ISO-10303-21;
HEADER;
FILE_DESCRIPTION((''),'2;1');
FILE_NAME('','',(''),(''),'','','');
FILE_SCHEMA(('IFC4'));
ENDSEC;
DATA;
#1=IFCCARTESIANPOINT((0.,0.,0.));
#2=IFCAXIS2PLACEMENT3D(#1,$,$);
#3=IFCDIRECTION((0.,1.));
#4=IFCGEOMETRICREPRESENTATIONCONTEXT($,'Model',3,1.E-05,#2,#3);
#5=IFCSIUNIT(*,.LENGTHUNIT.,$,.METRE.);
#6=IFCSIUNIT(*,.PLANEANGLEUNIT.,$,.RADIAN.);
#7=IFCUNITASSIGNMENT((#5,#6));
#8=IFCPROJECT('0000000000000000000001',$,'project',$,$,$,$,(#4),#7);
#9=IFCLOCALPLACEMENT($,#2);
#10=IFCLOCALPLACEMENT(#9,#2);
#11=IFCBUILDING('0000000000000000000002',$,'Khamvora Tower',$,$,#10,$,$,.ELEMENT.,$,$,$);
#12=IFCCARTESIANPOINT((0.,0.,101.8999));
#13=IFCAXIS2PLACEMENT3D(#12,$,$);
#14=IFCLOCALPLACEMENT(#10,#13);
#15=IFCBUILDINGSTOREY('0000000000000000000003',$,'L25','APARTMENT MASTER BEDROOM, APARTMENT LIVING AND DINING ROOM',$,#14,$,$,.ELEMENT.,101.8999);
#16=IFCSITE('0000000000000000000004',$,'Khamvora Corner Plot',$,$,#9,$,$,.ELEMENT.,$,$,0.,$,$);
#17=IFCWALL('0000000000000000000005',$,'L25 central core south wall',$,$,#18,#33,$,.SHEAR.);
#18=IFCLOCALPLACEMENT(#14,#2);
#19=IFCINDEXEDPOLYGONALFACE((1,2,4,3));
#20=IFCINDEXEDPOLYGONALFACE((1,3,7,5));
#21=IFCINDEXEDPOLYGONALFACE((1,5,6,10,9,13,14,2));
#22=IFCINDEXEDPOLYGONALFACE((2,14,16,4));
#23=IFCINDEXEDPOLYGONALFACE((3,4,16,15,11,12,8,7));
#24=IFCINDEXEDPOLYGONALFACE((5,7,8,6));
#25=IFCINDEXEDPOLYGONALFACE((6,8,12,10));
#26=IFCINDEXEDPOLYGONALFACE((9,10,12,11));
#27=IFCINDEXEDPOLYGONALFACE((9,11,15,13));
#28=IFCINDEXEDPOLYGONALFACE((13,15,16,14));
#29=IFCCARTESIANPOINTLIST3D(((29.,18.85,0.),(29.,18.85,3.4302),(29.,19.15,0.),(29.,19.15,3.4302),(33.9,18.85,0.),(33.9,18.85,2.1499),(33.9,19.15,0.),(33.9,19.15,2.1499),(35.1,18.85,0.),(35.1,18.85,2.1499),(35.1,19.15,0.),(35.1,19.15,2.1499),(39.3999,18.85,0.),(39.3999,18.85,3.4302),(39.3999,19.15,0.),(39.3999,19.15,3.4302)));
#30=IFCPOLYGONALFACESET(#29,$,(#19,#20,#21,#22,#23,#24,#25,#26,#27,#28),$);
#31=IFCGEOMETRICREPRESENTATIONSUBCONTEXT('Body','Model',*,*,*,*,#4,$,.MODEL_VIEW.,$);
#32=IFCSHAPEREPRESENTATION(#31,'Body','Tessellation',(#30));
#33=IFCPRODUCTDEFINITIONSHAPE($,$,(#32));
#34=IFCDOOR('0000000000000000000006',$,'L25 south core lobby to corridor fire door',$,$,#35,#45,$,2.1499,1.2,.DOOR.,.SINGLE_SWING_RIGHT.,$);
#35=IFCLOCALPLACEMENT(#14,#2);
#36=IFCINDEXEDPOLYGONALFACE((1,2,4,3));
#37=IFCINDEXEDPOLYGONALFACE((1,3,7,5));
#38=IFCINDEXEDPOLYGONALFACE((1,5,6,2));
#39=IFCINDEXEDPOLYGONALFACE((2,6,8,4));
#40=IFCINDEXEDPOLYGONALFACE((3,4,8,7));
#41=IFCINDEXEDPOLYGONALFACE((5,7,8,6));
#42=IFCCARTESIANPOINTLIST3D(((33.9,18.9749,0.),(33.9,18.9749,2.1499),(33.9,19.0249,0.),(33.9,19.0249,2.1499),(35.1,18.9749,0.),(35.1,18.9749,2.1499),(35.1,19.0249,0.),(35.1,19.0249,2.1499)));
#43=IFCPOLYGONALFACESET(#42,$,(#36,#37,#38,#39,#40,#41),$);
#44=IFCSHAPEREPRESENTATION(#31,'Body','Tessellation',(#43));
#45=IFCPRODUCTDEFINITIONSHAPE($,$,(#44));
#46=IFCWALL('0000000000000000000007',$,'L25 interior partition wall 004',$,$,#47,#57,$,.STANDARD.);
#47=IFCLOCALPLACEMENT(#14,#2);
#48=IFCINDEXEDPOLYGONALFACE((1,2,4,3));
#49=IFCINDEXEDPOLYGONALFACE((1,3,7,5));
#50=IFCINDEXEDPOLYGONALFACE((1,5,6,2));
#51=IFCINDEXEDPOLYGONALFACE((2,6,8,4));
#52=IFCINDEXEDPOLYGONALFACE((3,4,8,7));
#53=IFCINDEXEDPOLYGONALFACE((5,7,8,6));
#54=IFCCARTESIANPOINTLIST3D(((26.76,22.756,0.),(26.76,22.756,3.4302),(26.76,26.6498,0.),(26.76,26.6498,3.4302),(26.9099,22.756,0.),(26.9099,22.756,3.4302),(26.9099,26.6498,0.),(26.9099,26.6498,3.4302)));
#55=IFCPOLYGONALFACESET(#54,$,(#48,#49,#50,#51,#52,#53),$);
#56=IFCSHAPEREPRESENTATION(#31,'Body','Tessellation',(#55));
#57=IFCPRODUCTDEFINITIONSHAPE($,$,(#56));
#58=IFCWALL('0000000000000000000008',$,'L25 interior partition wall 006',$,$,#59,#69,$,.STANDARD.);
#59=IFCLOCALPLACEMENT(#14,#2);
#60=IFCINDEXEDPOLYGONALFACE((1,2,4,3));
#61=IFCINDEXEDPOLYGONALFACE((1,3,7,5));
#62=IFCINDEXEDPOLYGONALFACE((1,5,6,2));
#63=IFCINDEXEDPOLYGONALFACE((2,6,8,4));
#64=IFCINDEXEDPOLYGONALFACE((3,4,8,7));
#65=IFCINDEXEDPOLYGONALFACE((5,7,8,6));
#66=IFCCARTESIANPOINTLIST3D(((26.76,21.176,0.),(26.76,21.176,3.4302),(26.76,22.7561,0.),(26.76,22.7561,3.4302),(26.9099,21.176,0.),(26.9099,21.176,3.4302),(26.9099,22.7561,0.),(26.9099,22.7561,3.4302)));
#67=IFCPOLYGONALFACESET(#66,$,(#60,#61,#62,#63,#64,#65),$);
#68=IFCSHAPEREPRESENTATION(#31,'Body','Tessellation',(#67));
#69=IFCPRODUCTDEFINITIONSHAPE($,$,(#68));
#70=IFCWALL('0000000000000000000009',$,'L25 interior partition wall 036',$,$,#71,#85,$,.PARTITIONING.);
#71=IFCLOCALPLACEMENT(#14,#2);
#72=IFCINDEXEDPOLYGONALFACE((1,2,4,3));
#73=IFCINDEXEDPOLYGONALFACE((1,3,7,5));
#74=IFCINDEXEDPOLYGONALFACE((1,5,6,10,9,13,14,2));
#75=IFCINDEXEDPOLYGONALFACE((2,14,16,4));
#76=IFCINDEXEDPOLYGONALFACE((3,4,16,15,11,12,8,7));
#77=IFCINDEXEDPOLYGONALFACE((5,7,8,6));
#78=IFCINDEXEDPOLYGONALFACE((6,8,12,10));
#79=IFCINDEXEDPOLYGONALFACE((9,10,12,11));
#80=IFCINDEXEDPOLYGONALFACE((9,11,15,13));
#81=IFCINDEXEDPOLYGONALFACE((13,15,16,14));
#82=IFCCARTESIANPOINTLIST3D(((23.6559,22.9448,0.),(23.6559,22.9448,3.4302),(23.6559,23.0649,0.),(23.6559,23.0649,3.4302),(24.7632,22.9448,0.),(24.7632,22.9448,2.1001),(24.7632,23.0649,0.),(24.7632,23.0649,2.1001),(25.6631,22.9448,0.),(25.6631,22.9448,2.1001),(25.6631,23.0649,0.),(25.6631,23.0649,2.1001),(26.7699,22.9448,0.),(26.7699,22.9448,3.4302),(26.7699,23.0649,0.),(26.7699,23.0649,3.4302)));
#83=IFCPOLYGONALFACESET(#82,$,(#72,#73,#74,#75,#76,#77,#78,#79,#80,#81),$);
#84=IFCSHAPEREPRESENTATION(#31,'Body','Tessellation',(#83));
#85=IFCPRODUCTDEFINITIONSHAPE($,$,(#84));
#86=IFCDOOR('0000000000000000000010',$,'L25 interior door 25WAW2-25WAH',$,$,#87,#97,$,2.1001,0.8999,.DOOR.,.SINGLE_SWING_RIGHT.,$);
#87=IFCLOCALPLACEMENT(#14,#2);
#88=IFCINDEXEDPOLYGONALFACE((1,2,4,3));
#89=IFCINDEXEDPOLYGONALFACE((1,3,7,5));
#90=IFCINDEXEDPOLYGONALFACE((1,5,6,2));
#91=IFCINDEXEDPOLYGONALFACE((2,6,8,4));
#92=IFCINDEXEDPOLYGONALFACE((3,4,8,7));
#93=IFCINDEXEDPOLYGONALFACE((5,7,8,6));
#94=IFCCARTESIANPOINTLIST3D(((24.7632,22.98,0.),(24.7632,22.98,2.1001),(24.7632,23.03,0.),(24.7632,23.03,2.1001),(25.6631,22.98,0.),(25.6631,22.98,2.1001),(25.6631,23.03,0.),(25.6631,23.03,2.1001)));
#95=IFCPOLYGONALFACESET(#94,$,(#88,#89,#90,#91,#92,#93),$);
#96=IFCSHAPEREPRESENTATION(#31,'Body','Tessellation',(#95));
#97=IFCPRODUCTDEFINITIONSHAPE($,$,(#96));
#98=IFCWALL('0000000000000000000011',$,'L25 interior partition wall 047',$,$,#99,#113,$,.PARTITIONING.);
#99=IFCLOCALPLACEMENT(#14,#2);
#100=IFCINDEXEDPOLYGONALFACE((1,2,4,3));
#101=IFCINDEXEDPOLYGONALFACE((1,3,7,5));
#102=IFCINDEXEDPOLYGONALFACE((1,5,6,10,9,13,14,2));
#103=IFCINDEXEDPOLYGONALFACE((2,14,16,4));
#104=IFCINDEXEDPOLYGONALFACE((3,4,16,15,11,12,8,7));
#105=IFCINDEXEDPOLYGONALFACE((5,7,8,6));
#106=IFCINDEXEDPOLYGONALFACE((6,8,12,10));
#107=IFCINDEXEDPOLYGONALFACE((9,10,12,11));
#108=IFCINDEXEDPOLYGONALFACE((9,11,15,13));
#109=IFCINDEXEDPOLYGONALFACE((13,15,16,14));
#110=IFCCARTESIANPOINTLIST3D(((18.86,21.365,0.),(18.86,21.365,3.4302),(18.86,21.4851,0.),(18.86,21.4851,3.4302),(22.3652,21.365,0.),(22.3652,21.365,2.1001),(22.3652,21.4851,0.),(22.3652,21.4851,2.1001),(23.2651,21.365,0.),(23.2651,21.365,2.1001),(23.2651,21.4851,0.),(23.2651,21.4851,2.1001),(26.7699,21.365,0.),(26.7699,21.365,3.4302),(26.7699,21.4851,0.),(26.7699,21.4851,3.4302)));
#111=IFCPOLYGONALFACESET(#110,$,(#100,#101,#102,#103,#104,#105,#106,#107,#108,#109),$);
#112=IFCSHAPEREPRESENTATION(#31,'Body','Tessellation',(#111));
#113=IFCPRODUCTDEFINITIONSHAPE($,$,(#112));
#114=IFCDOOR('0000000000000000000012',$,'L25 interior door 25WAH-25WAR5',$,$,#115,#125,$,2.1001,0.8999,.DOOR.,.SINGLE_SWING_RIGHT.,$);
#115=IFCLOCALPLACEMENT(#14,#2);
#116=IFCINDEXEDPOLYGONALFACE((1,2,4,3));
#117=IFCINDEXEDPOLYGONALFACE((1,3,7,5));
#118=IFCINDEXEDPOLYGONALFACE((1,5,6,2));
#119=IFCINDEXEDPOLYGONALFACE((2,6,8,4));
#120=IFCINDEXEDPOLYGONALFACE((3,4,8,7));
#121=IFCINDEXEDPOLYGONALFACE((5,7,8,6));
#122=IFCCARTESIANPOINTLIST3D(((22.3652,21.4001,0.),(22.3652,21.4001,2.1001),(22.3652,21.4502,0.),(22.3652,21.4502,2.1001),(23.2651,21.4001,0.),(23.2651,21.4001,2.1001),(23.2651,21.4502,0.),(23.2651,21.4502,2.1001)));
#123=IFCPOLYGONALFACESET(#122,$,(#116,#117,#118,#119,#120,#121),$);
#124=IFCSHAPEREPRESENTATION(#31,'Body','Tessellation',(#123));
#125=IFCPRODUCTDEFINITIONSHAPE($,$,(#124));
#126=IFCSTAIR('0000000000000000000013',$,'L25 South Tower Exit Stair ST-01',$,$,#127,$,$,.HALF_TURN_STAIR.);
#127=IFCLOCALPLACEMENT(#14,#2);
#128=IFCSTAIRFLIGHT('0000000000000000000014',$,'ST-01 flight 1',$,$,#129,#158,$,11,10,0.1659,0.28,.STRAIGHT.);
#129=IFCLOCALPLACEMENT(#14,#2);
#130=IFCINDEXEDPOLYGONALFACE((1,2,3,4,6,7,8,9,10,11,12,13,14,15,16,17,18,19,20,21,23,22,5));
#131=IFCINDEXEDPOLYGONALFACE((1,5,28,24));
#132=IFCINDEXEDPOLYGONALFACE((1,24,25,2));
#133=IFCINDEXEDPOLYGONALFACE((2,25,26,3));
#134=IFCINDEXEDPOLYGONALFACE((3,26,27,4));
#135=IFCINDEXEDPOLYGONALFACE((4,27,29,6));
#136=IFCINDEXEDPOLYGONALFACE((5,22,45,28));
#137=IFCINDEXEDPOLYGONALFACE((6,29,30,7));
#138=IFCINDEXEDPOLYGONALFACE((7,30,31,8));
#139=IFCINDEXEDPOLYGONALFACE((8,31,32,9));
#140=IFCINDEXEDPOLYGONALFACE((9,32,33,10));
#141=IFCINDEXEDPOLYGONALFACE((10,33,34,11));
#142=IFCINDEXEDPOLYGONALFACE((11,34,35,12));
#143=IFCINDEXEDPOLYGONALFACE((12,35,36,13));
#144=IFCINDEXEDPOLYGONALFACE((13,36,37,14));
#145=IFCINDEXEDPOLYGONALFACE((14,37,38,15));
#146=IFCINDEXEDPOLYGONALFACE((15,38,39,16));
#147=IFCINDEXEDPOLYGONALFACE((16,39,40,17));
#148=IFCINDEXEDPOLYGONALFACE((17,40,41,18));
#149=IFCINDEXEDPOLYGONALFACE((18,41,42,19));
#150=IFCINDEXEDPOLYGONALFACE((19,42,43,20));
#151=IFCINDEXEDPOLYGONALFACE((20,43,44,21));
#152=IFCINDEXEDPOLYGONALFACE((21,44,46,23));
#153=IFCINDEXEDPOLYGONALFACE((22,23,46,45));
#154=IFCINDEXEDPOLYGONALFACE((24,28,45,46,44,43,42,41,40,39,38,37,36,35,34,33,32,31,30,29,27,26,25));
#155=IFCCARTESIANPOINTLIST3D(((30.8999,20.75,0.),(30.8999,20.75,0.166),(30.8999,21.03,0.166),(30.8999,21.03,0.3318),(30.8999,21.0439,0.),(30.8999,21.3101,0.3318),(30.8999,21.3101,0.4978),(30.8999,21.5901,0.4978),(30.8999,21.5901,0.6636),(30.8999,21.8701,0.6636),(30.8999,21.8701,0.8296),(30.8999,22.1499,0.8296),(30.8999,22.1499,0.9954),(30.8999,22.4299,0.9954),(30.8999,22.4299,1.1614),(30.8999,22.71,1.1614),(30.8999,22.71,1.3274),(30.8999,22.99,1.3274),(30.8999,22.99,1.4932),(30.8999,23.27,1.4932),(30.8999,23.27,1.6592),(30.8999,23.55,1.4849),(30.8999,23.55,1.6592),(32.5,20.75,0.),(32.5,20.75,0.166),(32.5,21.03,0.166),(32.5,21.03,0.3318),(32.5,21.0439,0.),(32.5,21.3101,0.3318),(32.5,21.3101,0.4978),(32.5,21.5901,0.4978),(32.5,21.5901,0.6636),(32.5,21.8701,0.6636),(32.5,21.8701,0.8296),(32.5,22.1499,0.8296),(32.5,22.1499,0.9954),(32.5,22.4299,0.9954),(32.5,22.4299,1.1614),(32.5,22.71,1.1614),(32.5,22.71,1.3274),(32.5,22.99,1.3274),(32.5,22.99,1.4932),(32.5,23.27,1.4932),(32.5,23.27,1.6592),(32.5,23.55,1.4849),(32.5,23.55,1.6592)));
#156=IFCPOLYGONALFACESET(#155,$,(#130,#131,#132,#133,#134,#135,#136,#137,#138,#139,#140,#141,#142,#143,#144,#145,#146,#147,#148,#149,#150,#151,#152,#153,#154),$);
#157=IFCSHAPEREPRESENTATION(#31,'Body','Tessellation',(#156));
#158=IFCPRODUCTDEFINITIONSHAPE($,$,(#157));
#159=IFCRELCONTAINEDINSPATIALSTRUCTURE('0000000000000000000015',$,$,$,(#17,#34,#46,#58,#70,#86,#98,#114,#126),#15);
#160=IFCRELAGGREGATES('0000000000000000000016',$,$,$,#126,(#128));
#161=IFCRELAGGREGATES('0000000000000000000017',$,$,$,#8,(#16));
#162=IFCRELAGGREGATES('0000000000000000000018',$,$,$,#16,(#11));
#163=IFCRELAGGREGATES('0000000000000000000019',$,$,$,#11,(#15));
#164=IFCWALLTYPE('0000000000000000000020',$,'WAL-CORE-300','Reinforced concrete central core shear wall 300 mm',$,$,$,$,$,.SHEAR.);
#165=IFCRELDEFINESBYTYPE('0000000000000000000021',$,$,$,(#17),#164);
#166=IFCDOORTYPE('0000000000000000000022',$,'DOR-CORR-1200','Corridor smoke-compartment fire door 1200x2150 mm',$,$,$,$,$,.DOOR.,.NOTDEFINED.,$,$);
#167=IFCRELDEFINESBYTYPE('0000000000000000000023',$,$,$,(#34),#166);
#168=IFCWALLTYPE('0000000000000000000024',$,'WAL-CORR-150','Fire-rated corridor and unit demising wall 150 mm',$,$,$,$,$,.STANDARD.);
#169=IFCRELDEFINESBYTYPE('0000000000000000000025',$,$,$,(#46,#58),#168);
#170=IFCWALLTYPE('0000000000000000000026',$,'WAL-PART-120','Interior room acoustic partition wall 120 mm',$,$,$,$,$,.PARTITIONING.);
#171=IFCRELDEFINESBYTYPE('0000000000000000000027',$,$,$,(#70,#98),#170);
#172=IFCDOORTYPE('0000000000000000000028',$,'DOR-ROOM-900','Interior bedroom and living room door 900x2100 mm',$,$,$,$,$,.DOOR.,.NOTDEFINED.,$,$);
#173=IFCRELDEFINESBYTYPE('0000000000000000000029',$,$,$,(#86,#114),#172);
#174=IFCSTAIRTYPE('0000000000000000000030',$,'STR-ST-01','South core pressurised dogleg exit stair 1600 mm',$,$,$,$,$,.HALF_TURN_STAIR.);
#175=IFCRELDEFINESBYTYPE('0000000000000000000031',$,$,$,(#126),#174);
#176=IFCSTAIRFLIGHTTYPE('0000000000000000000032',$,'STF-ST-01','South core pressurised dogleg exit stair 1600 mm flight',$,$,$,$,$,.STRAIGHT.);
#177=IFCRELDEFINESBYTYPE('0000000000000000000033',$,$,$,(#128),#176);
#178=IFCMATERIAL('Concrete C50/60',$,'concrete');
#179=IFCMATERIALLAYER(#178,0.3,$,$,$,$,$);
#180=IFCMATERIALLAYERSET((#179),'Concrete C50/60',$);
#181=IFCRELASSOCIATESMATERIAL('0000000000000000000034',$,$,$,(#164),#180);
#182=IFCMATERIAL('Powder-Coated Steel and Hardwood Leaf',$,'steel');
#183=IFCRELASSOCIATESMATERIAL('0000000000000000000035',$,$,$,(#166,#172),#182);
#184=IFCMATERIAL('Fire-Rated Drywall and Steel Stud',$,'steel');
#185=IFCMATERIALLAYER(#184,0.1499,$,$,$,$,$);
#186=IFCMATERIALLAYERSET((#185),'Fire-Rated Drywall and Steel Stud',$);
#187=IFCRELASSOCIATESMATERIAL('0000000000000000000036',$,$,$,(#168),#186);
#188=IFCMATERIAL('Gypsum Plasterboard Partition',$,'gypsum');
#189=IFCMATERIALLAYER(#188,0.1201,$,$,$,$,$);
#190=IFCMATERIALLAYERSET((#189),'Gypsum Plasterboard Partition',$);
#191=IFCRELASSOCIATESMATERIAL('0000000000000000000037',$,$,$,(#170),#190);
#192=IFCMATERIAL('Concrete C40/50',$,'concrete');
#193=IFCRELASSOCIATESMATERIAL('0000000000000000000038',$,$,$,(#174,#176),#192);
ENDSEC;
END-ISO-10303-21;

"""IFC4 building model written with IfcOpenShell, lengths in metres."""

from ifc_helpers import new_model, si_unit, direction, frame, frame_2d, origin, place, context, subcontext, project, spatial, polyline, rectangle, outline, extrude, material, layer, layer_set, type_object, element, fill, aggregate, save


model = new_model("IFC4")

# Units and contexts
model_context = context("Model", 3, precision=1e-05, world=origin(), true_north=direction((0.0, 1.0)))
body_context = subcontext(model_context, "Body", "Model", "MODEL_VIEW")
ifc_project = project(units=[si_unit("LENGTHUNIT", "METRE"), si_unit("PLANEANGLEUNIT", "RADIAN")], contexts=[model_context])

# Site, building, storey
site_placement = place(None, origin())
site = spatial("IfcSite", under=ifc_project, at=site_placement, Name="Khamvora Corner Plot", CompositionType="ELEMENT", RefElevation=0.0)
building_placement = place(site_placement, origin())
building = spatial("IfcBuilding", under=site, at=building_placement, Name="Khamvora Tower", CompositionType="ELEMENT")
storey_placement = place(building_placement, frame((0.0, 0.0, 101.8999)))
storey = spatial("IfcBuildingStorey", under=building, at=storey_placement, Name="L25", Description="APARTMENT MASTER BEDROOM, APARTMENT LIVING AND DINING ROOM", CompositionType="ELEMENT", Elevation=101.8999)

# Shared definitions
ifc_material_1 = material(Name="Concrete C50/60", Category="concrete")
ifc_layer_1 = layer(ifc_material_1, 0.3)
ifc_layer_set_1 = layer_set([ifc_layer_1], Name="Concrete C50/60")
wall_type_1 = type_object("IfcWallType", Name="WAL-CORE-300", Description="Reinforced concrete central core shear wall 300 mm", PredefinedType="SHEAR", material=ifc_layer_set_1)

# Wall, opening, door
wall_1_placement = place(storey_placement, frame((29.0, 19.0, 0.0), z_axis=(0.0, 0.0, 1.0), x_axis=(1.0, 0.0, 0.0)))
wall_1 = element("IfcWall", 1, at=wall_1_placement, inside=storey, type_object=wall_type_1, Name="L25 central core south wall", PredefinedType="SHEAR", context=body_context, shape_type="SweptSolid", body=[
    extrude(rectangle(XDim=10.3999, YDim=0.3, at=frame_2d((5.2, 0.0))), origin(), (0.0, 0.0, 1.0), 3.4302),
])
opening_1_placement = place(wall_1_placement, frame((4.8999, 0.0, 0.0)))
opening_1 = element("IfcOpeningElement", 2, at=opening_1_placement, cuts=wall_1, PredefinedType="OPENING", context=body_context, shape_type="SweptSolid", body=[
    extrude(rectangle(XDim=1.2, YDim=2.1499, at=frame_2d((0.6001, 1.075))), frame((0.0, 0.1599, 0.0), z_axis=(0.0, -1.0, 0.0), x_axis=(1.0, 0.0, 0.0)), (0.0, 0.0, 1.0), 0.3201),
])
ifc_material_2 = material(Name="Powder-Coated Steel and Hardwood Leaf", Category="steel")
door_type_1 = type_object("IfcDoorType", Name="DOR-CORR-1200", Description="Corridor smoke-compartment fire door 1200x2150 mm", OperationType="NOTDEFINED", PredefinedType="DOOR", material=ifc_material_2)
door_1_placement = place(opening_1_placement, origin())
door_1 = element("IfcDoor", 3, at=door_1_placement, inside=storey, type_object=door_type_1, Name="L25 south core lobby to corridor fire door", OperationType="SINGLE_SWING_RIGHT", OverallHeight=2.1499, OverallWidth=1.2, PredefinedType="DOOR", context=body_context, shape_type="SweptSolid", body=[
    extrude(rectangle(XDim=1.2, YDim=2.1499, at=frame_2d((0.6001, 1.075))), frame((0.0, 0.0249, 0.0), z_axis=(0.0, -1.0, 0.0), x_axis=(1.0, 0.0, 0.0)), (0.0, 0.0, 1.0), 0.05),
])
fill(opening_1, door_1)

# Walls
ifc_material_3 = material(Name="Fire-Rated Drywall and Steel Stud", Category="steel")
ifc_layer_2 = layer(ifc_material_3, 0.1499)
ifc_layer_set_2 = layer_set([ifc_layer_2], Name="Fire-Rated Drywall and Steel Stud")
wall_type_2 = type_object("IfcWallType", Name="WAL-CORR-150", Description="Fire-rated corridor and unit demising wall 150 mm", PredefinedType="STANDARD", material=ifc_layer_set_2)
wall_2_placement = place(storey_placement, frame((26.835, 22.7561, 0.0), z_axis=(0.0, 0.0, 1.0), x_axis=(0.0, 1.0, 0.0)))
element("IfcWall", 4, at=wall_2_placement, inside=storey, type_object=wall_type_2, Name="L25 interior partition wall 004", PredefinedType="STANDARD", context=body_context, shape_type="SweptSolid", body=[
    extrude(rectangle(XDim=3.8938, YDim=0.1499, at=frame_2d((1.9468, 0.0))), origin(), (0.0, 0.0, 1.0), 3.4302),
])
wall_3_placement = place(storey_placement, frame((26.835, 21.176, 0.0), z_axis=(0.0, 0.0, 1.0), x_axis=(0.0, 1.0, 0.0)))
element("IfcWall", 5, at=wall_3_placement, inside=storey, type_object=wall_type_2, Name="L25 interior partition wall 006", PredefinedType="STANDARD", context=body_context, shape_type="SweptSolid", body=[
    extrude(rectangle(XDim=1.5801, YDim=0.1499, at=frame_2d((0.79, 0.0))), origin(), (0.0, 0.0, 1.0), 3.4302),
])

# Walls, openings, doors
ifc_material_4 = material(Name="Gypsum Plasterboard Partition", Category="gypsum")
ifc_layer_3 = layer(ifc_material_4, 0.1201)
ifc_layer_set_3 = layer_set([ifc_layer_3], Name="Gypsum Plasterboard Partition")
wall_type_3 = type_object("IfcWallType", Name="WAL-PART-120", Description="Interior room acoustic partition wall 120 mm", PredefinedType="PARTITIONING", material=ifc_layer_set_3)
wall_4_placement = place(storey_placement, frame((26.77, 23.0049, 0.0), z_axis=(0.0, 0.0, 1.0), x_axis=(-1.0, 0.0, 0.0)))
wall_4 = element("IfcWall", 6, at=wall_4_placement, inside=storey, type_object=wall_type_3, Name="L25 interior partition wall 036", PredefinedType="PARTITIONING", context=body_context, shape_type="SweptSolid", body=[
    extrude(rectangle(XDim=3.114, YDim=0.1201, at=frame_2d((1.5571, 0.0))), origin(), (0.0, 0.0, 1.0), 3.4302),
])
opening_2_placement = place(wall_4_placement, frame((1.1069, 0.0, 0.0)))
opening_2 = element("IfcOpeningElement", 7, at=opening_2_placement, cuts=wall_4, PredefinedType="OPENING", context=body_context, shape_type="SweptSolid", body=[
    extrude(rectangle(XDim=0.8999, YDim=2.1001, at=frame_2d((0.45, 1.05))), frame((0.0, 0.0701, 0.0), z_axis=(0.0, -1.0, 0.0), x_axis=(1.0, 0.0, 0.0)), (0.0, 0.0, 1.0), 0.1401),
])
door_type_2 = type_object("IfcDoorType", Name="DOR-ROOM-900", Description="Interior bedroom and living room door 900x2100 mm", OperationType="NOTDEFINED", PredefinedType="DOOR", material=ifc_material_2)
door_2_placement = place(opening_2_placement, origin())
door_2 = element("IfcDoor", 8, at=door_2_placement, inside=storey, type_object=door_type_2, Name="L25 interior door 25WAW2-25WAH", OperationType="SINGLE_SWING_RIGHT", OverallHeight=2.1001, OverallWidth=0.8999, PredefinedType="DOOR", context=body_context, shape_type="SweptSolid", body=[
    extrude(rectangle(XDim=0.8999, YDim=2.1001, at=frame_2d((0.45, 1.05))), frame((0.0, 0.0249, 0.0), z_axis=(0.0, -1.0, 0.0), x_axis=(1.0, 0.0, 0.0)), (0.0, 0.0, 1.0), 0.05),
])
fill(opening_2, door_2)
wall_5_placement = place(storey_placement, frame((26.77, 21.425, 0.0), z_axis=(0.0, 0.0, 1.0), x_axis=(-1.0, 0.0, 0.0)))
wall_5 = element("IfcWall", 9, at=wall_5_placement, inside=storey, type_object=wall_type_3, Name="L25 interior partition wall 047", PredefinedType="PARTITIONING", context=body_context, shape_type="SweptSolid", body=[
    extrude(rectangle(XDim=7.9099, YDim=0.1201, at=frame_2d((3.9551, 0.0))), origin(), (0.0, 0.0, 1.0), 3.4302),
])
opening_3_placement = place(wall_5_placement, frame((3.5049, 0.0, 0.0)))
opening_3 = element("IfcOpeningElement", 10, at=opening_3_placement, cuts=wall_5, PredefinedType="OPENING", context=body_context, shape_type="SweptSolid", body=[
    extrude(rectangle(XDim=0.8999, YDim=2.1001, at=frame_2d((0.45, 1.05))), frame((0.0, 0.0701, 0.0), z_axis=(0.0, -1.0, 0.0), x_axis=(1.0, 0.0, 0.0)), (0.0, 0.0, 1.0), 0.1401),
])
door_3_placement = place(opening_3_placement, origin())
door_3 = element("IfcDoor", 11, at=door_3_placement, inside=storey, type_object=door_type_2, Name="L25 interior door 25WAH-25WAR5", OperationType="SINGLE_SWING_RIGHT", OverallHeight=2.1001, OverallWidth=0.8999, PredefinedType="DOOR", context=body_context, shape_type="SweptSolid", body=[
    extrude(rectangle(XDim=0.8999, YDim=2.1001, at=frame_2d((0.45, 1.05))), frame((0.0, 0.0249, 0.0), z_axis=(0.0, -1.0, 0.0), x_axis=(1.0, 0.0, 0.0)), (0.0, 0.0, 1.0), 0.05),
])
fill(opening_3, door_3)

# Stair, stair flight
ifc_material_5 = material(Name="Concrete C40/50", Category="concrete")
stair_type = type_object("IfcStairType", Name="STR-ST-01", Description="South core pressurised dogleg exit stair 1600 mm", PredefinedType="HALF_TURN_STAIR", material=ifc_material_5)
stair_placement = place(storey_placement, origin())
stair = element("IfcStair", 12, at=stair_placement, inside=storey, type_object=stair_type, Name="L25 South Tower Exit Stair ST-01", PredefinedType="HALF_TURN_STAIR")
stair_flight_type = type_object("IfcStairFlightType", Name="STF-ST-01", Description="South core pressurised dogleg exit stair 1600 mm flight", PredefinedType="STRAIGHT", material=ifc_material_5)
stair_flight_1_placement = place(storey_placement, frame((31.7, 20.75, 0.0), z_axis=(0.0, 0.0, 1.0), x_axis=(0.0, 1.0, 0.0)))
stair_flight_1 = element("IfcStairFlight", 13, at=stair_flight_1_placement, type_object=stair_flight_type, Name="ST-01 flight 1", NumberOfRisers=11, NumberOfTreads=10, PredefinedType="STRAIGHT", RiserHeight=0.1659, TreadLength=0.28, context=body_context, shape_type="SweptSolid", body=[
    extrude(outline(polyline([(0.0, 0.0), (0.0, 0.166), (0.28, 0.166), (0.28, 0.3318), (0.5601, 0.3318), (0.5601, 0.4978), (0.8401, 0.4978), (0.8401, 0.6636), (1.1201, 0.6636), (1.1201, 0.8296), (1.3999, 0.8296), (1.3999, 0.9954), (1.6799, 0.9954), (1.6799, 1.1614), (1.96, 1.1614), (1.96, 1.3274), (2.24, 1.3274), (2.24, 1.4932), (2.52, 1.4932), (2.52, 1.6592), (2.8, 1.6592), (2.8, 1.825), (2.8, 1.4849), (0.2939, 0.0), (0.0, 0.0)])), frame((0.0, 0.8, 0.0), z_axis=(0.0, -1.0, 0.0), x_axis=(1.0, 0.0, 0.0)), (0.0, 0.0, 1.0), 1.6001),
])
aggregate(stair, [stair_flight_1])

save(model, "model.ifc")
